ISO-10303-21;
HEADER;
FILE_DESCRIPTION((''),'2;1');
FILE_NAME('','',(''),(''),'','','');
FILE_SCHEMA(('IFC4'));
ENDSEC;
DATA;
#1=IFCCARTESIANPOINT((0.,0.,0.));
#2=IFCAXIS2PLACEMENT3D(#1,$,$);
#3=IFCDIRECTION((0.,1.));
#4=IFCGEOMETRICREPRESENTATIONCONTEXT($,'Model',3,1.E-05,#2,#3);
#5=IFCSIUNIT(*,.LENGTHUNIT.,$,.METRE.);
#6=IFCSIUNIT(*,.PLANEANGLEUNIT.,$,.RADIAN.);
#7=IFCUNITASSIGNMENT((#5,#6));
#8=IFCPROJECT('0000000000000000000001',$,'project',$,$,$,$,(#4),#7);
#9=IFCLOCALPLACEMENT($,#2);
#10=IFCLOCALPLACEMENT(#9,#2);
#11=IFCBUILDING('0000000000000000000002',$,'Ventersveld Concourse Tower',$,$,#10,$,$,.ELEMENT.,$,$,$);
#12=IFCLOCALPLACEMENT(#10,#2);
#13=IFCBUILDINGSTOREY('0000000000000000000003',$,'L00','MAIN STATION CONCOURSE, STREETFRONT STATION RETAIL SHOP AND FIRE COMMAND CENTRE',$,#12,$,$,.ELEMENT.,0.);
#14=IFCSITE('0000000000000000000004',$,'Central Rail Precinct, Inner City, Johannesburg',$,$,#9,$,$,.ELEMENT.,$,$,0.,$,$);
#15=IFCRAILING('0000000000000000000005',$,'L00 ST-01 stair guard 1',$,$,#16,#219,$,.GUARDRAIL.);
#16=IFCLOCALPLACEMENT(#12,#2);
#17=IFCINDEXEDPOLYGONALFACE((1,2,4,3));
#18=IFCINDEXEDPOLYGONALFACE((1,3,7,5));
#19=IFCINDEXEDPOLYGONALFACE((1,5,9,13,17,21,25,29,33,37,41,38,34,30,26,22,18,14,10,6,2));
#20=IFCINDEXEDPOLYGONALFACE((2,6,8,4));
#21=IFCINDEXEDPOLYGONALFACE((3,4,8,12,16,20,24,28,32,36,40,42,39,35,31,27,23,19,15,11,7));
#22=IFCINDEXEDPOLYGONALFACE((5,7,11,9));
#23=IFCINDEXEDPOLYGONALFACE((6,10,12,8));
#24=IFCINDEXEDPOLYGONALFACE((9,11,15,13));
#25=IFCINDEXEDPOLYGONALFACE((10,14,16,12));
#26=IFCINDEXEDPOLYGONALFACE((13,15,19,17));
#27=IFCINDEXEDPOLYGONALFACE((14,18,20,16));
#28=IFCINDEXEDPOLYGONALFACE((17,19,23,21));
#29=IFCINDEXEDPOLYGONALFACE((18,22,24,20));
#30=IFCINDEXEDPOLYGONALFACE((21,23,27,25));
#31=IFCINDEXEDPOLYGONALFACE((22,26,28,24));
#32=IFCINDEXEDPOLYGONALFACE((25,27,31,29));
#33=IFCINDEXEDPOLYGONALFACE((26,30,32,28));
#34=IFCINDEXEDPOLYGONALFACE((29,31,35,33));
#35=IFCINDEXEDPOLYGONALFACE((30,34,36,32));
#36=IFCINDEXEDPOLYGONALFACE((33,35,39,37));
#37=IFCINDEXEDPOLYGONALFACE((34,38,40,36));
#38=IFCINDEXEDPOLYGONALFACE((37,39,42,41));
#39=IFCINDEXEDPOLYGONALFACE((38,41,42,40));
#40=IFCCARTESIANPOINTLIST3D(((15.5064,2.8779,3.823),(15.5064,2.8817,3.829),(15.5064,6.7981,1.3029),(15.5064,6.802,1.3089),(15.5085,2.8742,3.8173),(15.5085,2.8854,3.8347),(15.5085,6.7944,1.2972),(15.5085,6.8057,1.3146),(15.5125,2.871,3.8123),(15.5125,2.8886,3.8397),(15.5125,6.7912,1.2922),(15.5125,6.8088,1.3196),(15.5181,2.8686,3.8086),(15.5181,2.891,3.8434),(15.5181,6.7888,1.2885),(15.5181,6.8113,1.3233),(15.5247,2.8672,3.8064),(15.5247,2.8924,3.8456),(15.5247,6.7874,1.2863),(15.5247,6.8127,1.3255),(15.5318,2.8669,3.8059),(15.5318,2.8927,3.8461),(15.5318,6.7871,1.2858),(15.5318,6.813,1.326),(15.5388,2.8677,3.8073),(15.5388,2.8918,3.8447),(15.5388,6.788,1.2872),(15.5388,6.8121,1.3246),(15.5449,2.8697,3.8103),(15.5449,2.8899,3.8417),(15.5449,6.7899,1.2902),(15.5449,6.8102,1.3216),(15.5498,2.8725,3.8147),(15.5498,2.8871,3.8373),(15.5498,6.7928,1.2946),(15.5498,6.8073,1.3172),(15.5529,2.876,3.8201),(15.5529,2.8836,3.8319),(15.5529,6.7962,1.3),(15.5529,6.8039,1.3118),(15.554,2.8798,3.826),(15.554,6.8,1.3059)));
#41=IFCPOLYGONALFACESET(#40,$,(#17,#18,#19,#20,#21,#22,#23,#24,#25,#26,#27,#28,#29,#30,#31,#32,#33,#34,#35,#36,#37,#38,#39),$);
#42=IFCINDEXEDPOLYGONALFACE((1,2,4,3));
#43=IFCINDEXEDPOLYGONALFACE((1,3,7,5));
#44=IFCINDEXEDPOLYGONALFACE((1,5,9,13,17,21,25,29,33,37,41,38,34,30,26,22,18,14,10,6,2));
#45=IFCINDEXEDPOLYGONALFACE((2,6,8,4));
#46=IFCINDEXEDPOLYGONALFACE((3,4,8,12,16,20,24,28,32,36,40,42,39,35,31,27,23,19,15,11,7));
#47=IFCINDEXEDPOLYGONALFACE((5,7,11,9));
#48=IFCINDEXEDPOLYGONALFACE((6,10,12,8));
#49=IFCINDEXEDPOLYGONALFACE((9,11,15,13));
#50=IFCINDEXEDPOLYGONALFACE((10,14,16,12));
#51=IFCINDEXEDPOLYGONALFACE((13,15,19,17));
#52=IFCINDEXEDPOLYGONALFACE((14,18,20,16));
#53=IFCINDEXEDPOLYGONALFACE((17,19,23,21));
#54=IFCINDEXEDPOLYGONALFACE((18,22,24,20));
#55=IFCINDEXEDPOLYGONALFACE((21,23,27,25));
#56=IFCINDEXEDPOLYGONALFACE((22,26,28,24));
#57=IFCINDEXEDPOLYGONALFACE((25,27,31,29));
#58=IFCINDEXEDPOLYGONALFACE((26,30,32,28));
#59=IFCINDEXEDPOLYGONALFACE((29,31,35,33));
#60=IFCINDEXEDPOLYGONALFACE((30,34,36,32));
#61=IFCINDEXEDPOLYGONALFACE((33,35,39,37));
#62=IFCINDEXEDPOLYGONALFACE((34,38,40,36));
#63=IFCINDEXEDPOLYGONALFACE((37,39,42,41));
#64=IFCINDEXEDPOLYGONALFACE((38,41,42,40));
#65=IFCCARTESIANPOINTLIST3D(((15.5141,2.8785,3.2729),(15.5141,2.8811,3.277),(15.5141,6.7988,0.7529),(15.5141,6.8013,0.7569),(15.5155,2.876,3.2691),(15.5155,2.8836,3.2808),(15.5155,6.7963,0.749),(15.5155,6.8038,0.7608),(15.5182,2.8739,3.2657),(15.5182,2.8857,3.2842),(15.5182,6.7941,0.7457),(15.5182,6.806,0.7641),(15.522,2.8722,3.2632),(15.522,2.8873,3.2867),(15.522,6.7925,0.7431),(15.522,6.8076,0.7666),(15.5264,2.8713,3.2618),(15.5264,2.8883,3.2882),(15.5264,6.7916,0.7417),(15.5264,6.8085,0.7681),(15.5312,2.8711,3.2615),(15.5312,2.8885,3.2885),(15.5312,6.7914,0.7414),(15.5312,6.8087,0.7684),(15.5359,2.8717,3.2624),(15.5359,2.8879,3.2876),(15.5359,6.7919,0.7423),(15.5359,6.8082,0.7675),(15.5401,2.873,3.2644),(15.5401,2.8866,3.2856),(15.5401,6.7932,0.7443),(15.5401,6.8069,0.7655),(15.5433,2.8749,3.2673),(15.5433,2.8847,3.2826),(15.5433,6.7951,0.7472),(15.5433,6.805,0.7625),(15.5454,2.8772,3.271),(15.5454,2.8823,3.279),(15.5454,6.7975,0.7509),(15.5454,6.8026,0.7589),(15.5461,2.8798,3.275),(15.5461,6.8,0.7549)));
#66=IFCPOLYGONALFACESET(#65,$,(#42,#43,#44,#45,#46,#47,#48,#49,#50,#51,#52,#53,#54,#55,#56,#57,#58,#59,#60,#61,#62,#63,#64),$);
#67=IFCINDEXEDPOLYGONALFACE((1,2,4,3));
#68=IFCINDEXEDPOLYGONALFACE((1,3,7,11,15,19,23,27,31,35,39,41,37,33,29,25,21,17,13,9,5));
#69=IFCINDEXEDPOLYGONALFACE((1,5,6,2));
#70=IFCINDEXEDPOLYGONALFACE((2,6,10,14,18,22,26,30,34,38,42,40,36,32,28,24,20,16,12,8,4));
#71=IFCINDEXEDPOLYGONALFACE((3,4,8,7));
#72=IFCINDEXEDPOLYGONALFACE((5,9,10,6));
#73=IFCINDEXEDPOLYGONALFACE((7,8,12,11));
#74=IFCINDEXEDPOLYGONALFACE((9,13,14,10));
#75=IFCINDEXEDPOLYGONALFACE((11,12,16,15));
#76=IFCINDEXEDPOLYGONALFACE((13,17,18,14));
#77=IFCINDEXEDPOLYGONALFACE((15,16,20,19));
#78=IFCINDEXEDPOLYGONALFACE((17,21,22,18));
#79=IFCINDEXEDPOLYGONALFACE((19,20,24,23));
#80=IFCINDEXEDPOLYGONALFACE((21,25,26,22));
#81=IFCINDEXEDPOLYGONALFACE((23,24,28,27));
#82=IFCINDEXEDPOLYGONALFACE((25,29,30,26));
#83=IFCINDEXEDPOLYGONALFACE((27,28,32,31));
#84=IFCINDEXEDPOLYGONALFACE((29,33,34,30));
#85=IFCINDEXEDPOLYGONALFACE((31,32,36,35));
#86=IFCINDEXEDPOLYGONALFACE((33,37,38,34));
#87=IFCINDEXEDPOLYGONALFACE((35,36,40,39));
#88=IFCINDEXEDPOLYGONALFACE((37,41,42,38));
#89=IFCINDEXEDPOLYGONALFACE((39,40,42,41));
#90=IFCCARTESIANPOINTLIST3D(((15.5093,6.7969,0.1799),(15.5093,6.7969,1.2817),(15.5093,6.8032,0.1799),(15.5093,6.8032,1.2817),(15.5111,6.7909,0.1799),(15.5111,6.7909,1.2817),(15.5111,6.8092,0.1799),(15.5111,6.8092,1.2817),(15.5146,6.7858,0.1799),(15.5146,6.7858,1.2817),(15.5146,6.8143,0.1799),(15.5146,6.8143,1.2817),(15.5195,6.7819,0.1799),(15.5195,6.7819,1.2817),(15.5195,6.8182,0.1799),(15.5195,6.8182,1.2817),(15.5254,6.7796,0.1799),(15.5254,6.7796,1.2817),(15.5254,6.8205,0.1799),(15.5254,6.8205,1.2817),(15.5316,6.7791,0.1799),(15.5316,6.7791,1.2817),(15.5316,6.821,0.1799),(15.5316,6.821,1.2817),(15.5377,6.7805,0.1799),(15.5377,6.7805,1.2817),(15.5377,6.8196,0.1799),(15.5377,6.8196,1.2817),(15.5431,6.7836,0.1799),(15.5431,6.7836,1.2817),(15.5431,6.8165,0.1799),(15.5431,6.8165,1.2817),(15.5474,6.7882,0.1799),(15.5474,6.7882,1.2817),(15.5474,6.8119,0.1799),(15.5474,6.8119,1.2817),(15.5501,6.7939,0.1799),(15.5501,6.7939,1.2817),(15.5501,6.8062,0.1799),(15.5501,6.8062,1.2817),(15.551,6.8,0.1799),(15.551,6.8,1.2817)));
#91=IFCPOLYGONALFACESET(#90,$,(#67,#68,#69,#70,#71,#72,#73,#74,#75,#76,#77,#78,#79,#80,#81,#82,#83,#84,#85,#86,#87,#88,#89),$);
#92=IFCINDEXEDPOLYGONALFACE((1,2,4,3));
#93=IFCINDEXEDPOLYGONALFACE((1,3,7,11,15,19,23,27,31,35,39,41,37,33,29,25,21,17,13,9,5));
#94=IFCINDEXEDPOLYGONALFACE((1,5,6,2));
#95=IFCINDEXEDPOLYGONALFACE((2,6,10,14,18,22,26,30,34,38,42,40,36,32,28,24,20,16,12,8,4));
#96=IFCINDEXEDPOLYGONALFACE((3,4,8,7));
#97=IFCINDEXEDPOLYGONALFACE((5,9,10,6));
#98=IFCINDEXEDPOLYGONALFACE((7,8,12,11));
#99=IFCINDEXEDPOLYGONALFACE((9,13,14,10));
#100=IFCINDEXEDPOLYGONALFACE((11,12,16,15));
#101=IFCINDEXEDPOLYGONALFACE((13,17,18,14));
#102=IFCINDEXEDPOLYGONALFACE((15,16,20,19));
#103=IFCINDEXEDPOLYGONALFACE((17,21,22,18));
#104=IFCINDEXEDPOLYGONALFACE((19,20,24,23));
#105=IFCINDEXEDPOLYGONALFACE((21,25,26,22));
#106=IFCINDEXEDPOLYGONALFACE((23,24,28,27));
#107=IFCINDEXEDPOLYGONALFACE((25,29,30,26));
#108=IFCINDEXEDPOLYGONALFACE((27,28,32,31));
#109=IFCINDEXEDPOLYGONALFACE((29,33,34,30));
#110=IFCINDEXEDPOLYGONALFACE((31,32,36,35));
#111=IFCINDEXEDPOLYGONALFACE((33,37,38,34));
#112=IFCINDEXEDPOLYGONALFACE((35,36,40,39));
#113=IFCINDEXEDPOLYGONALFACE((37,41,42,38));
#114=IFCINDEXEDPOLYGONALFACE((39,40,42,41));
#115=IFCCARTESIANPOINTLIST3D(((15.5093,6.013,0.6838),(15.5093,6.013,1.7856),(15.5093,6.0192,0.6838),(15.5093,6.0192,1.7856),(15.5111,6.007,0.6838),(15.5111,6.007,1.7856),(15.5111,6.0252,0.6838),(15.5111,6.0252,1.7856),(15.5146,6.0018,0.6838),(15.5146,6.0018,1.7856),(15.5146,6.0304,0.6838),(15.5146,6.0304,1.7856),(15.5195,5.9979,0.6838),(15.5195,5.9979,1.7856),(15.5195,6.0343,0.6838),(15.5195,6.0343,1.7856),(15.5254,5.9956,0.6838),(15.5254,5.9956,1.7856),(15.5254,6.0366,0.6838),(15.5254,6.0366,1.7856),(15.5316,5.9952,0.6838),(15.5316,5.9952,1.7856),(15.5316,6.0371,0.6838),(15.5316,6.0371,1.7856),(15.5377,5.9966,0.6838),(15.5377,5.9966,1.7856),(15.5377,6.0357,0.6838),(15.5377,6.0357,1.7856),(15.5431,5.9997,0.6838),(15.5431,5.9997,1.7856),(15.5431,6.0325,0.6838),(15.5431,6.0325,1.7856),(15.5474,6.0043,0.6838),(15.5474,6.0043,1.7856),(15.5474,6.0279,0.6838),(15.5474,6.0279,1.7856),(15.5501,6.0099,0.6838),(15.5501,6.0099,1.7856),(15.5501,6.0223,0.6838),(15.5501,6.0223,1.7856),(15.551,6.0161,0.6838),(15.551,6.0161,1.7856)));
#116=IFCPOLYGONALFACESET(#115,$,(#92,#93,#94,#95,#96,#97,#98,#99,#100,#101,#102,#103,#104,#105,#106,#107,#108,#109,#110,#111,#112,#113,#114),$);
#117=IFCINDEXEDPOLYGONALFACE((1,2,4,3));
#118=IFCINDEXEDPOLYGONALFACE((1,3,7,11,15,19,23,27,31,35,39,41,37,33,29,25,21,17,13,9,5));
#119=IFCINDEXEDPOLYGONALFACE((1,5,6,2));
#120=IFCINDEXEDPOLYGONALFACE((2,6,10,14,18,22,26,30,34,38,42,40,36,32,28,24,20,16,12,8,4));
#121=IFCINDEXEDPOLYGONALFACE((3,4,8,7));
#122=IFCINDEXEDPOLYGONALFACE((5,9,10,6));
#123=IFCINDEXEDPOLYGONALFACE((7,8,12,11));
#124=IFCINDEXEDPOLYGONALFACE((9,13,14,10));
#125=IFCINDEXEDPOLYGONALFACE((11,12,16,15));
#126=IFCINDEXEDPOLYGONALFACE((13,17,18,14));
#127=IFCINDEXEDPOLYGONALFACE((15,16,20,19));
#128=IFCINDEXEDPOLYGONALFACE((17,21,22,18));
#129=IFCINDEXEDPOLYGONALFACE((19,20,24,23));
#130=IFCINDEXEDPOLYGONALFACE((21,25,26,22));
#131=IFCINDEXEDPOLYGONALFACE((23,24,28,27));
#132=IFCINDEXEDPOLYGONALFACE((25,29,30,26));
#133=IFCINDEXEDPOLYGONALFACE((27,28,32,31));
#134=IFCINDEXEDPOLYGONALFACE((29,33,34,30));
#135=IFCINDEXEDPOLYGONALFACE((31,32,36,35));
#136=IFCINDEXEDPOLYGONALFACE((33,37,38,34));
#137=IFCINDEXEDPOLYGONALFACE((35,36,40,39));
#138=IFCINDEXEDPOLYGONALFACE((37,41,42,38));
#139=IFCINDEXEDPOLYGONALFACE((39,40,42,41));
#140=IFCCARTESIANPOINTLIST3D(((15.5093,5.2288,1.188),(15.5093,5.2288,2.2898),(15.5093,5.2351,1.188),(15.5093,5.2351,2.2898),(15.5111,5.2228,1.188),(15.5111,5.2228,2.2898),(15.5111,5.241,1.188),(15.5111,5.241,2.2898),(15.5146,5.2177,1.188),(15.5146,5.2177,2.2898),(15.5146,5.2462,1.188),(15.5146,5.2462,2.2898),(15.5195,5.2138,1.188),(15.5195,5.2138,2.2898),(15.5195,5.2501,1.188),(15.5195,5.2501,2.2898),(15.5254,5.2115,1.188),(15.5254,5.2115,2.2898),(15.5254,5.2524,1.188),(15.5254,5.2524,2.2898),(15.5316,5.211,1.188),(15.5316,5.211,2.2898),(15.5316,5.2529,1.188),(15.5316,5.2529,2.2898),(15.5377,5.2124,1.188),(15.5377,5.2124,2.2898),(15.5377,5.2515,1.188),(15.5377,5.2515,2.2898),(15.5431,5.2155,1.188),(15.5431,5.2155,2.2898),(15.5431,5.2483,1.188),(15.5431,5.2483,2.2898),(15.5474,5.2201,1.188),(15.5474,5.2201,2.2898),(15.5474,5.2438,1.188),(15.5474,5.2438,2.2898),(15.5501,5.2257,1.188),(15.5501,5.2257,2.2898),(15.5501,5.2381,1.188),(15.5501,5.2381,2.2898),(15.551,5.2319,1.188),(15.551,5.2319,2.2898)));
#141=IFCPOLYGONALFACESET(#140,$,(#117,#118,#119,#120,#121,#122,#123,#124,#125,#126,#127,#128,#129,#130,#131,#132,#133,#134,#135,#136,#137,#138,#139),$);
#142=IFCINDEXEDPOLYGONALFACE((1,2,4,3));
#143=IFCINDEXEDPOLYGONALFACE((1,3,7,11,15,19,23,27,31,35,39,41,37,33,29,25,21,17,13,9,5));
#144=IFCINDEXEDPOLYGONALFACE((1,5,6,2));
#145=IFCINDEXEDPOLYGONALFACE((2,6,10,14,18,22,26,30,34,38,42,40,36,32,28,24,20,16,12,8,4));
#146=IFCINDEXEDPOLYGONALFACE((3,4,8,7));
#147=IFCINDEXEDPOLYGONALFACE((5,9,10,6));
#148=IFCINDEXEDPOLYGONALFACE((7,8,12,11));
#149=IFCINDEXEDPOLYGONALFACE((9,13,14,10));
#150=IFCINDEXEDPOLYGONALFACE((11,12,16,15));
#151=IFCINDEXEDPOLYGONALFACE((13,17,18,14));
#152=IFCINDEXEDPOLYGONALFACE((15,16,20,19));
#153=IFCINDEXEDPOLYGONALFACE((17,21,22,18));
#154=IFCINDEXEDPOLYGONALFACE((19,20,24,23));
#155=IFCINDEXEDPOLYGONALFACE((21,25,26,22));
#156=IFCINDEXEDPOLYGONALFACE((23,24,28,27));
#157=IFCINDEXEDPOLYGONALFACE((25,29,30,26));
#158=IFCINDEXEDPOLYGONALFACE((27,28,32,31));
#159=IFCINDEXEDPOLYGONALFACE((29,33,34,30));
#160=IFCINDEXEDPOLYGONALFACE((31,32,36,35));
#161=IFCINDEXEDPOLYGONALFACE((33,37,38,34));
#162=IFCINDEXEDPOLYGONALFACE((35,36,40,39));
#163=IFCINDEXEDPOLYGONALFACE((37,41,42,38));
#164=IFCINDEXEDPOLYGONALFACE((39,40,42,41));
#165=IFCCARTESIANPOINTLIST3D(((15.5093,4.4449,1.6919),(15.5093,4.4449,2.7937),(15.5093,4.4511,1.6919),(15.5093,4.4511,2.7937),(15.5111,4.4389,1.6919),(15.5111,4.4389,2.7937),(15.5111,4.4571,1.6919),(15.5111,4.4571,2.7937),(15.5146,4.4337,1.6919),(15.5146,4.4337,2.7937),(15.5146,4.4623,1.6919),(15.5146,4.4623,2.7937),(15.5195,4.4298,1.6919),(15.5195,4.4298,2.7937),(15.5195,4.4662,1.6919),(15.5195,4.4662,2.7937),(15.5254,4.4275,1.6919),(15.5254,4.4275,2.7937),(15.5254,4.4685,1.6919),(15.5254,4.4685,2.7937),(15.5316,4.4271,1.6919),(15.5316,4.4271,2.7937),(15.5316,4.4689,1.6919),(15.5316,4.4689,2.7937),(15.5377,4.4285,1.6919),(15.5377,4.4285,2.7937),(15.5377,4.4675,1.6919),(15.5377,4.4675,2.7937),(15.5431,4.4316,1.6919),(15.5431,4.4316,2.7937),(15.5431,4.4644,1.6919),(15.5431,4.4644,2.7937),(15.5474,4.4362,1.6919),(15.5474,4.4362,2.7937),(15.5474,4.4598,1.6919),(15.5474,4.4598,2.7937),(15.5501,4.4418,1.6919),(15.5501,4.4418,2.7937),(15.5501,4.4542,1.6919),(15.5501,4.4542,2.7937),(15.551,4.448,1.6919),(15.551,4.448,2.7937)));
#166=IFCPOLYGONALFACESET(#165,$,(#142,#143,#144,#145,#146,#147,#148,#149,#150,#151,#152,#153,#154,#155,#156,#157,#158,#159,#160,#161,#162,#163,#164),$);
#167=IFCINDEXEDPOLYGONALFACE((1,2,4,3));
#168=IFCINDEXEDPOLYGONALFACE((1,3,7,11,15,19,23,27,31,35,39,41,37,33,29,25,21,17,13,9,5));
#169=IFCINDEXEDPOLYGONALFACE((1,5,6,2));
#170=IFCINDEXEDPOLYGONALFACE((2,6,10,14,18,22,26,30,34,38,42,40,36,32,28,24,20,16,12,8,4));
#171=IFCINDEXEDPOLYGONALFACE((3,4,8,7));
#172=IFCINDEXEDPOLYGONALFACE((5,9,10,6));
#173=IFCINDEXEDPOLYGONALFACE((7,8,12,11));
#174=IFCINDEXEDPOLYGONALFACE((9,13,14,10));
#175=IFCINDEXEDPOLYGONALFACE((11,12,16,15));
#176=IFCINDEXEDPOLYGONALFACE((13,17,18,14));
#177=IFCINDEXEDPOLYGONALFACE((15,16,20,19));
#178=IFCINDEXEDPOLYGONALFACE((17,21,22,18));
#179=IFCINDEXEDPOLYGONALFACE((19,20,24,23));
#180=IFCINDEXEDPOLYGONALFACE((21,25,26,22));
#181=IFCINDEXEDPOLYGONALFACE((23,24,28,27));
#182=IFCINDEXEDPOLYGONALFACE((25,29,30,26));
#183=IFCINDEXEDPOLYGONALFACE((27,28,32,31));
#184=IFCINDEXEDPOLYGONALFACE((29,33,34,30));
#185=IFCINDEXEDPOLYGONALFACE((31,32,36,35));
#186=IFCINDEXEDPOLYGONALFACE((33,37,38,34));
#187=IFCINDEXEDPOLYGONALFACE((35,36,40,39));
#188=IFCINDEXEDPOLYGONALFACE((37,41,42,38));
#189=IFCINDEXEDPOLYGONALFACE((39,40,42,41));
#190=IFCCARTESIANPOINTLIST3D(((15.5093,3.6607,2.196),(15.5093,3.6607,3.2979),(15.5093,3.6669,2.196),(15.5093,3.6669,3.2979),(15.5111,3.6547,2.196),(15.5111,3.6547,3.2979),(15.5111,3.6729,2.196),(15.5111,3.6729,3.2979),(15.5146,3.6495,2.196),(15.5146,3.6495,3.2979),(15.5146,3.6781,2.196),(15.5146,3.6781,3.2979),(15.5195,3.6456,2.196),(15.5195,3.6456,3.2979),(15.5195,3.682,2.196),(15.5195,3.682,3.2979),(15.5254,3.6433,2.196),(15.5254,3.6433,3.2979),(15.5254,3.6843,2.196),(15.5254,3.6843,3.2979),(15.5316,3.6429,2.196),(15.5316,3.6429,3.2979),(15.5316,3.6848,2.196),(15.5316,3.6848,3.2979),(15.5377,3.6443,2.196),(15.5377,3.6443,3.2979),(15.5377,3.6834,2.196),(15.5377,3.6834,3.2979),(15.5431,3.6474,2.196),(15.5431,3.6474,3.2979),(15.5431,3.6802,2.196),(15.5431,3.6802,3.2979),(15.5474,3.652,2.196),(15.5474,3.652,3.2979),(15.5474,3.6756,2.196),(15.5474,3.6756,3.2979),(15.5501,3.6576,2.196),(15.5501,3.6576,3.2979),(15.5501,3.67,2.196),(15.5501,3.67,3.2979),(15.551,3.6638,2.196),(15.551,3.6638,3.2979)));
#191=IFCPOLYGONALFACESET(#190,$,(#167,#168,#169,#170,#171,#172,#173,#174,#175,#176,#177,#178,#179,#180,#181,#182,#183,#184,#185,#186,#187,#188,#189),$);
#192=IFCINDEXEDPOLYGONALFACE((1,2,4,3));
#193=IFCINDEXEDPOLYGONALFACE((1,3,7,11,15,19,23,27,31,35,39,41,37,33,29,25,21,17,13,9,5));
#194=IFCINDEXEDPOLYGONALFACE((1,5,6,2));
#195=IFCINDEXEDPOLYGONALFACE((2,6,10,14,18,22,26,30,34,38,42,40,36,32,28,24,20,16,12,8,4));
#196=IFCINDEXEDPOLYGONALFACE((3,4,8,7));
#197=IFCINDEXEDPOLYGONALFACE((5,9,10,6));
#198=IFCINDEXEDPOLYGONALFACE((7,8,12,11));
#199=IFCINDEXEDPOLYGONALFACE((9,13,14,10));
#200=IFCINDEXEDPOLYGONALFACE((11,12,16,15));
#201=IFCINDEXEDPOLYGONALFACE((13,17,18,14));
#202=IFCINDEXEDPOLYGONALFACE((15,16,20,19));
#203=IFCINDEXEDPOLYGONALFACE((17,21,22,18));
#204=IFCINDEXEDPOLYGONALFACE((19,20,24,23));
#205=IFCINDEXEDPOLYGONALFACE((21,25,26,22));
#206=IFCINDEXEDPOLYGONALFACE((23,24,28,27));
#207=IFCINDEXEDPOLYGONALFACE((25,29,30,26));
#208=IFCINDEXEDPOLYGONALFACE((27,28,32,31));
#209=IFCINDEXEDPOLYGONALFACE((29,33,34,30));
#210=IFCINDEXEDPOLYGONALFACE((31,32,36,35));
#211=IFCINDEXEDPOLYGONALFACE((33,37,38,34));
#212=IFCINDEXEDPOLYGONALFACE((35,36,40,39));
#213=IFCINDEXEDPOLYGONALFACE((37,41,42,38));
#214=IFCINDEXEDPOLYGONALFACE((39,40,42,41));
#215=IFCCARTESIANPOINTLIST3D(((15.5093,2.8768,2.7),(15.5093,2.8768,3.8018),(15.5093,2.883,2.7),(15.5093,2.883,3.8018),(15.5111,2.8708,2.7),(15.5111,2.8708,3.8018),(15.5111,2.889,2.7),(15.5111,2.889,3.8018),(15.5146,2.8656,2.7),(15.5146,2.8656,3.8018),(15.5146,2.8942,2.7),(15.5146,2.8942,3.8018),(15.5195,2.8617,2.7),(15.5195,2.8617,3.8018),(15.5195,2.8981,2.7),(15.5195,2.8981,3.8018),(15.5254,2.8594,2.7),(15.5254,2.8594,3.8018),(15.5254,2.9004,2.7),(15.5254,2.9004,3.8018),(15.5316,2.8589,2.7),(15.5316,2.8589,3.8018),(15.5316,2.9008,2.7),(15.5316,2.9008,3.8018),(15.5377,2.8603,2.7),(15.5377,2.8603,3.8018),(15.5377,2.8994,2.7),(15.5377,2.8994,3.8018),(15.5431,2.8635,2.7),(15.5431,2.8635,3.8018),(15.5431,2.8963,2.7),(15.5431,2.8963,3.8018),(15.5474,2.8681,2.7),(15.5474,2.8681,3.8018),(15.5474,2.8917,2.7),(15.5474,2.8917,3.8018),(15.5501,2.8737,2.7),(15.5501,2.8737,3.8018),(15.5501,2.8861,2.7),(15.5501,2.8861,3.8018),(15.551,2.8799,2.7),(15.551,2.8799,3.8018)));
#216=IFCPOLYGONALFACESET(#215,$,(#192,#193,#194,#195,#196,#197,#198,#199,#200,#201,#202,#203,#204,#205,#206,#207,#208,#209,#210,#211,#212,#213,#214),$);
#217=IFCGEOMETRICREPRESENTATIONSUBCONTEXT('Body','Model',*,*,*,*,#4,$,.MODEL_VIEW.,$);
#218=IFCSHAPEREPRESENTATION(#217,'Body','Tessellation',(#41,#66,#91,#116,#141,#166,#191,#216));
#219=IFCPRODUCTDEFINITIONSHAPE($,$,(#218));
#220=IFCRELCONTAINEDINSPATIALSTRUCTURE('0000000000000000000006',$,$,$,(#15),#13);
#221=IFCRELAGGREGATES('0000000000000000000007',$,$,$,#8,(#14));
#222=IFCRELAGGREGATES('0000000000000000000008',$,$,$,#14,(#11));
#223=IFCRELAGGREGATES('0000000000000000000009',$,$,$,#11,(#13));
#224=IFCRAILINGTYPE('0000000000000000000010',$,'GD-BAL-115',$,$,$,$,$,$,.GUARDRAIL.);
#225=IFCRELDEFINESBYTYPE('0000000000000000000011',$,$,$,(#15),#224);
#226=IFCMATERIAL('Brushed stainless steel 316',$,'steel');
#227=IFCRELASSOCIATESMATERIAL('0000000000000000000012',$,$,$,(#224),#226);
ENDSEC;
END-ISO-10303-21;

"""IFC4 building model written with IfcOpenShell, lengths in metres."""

from ifc_helpers import new_model, si_unit, direction, frame, origin, origin_2d, place, context, subcontext, project, spatial, circle, extrude, material, type_object, element, save


model = new_model("IFC4")

# Units and contexts
model_context = context("Model", 3, precision=1e-05, world=origin(), true_north=direction((0.0, 1.0)))
body_context = subcontext(model_context, "Body", "Model", "MODEL_VIEW")
ifc_project = project(units=[si_unit("LENGTHUNIT", "METRE"), si_unit("PLANEANGLEUNIT", "RADIAN")], contexts=[model_context])

# Site, building, storey
site_placement = place(None, origin())
site = spatial("IfcSite", under=ifc_project, at=site_placement, Name="Central Rail Precinct, Inner City, Johannesburg", CompositionType="ELEMENT", RefElevation=0.0)
building_placement = place(site_placement, origin())
building = spatial("IfcBuilding", under=site, at=building_placement, Name="Ventersveld Concourse Tower", CompositionType="ELEMENT")
storey_placement = place(building_placement, origin())
storey = spatial("IfcBuildingStorey", under=building, at=storey_placement, Name="L00", Description="MAIN STATION CONCOURSE, STREETFRONT STATION RETAIL SHOP AND FIRE COMMAND CENTRE", CompositionType="ELEMENT", Elevation=0.0)

# Shared definitions
ifc_material_1 = material(Name="Brushed stainless steel 316", Category="steel")

# Railing
railing_type_1 = type_object("IfcRailingType", Name="GD-BAL-115", PredefinedType="GUARDRAIL", material=ifc_material_1)
railing_1_placement = place(storey_placement, frame((15.53, 6.8, 0.1799)))
element("IfcRailing", 1, at=railing_1_placement, inside=storey, type_object=railing_type_1, Name="L00 ST-01 stair guard 1", PredefinedType="GUARDRAIL", context=body_context, shape_type="SweptSolid", body=[
    extrude(circle(Radius=0.0239, at=origin_2d()), frame((0.0, 0.0, 1.126), z_axis=(0.0, -0.841187, 0.540744), x_axis=(1.0, 0.0, 0.0)), (0.0, 0.0, 1.0), 4.6604),
    extrude(circle(Radius=0.0161, at=origin_2d()), frame((0.0, 0.0, 0.575), z_axis=(0.0, -0.841187, 0.540744), x_axis=(1.0, 0.0, 0.0)), (0.0, 0.0, 1.0), 4.6604),
    extrude(circle(Radius=0.021, at=origin_2d()), origin(), (0.0, 0.0, 1.0), 1.1018),
    extrude(circle(Radius=0.021, at=origin_2d()), frame((0.0, -0.7839, 0.5039)), (0.0, 0.0, 1.0), 1.1018),
    extrude(circle(Radius=0.021, at=origin_2d()), frame((0.0, -1.5681, 1.0081)), (0.0, 0.0, 1.0), 1.1018),
    extrude(circle(Radius=0.021, at=origin_2d()), frame((0.0, -2.3521, 1.512)), (0.0, 0.0, 1.0), 1.1018),
    extrude(circle(Radius=0.021, at=origin_2d()), frame((0.0, -3.1362, 2.0161)), (0.0, 0.0, 1.0), 1.1018),
    extrude(circle(Radius=0.021, at=origin_2d()), frame((0.0, -3.9202, 2.52)), (0.0, 0.0, 1.0), 1.1018),
])

save(model, "model.ifc")
